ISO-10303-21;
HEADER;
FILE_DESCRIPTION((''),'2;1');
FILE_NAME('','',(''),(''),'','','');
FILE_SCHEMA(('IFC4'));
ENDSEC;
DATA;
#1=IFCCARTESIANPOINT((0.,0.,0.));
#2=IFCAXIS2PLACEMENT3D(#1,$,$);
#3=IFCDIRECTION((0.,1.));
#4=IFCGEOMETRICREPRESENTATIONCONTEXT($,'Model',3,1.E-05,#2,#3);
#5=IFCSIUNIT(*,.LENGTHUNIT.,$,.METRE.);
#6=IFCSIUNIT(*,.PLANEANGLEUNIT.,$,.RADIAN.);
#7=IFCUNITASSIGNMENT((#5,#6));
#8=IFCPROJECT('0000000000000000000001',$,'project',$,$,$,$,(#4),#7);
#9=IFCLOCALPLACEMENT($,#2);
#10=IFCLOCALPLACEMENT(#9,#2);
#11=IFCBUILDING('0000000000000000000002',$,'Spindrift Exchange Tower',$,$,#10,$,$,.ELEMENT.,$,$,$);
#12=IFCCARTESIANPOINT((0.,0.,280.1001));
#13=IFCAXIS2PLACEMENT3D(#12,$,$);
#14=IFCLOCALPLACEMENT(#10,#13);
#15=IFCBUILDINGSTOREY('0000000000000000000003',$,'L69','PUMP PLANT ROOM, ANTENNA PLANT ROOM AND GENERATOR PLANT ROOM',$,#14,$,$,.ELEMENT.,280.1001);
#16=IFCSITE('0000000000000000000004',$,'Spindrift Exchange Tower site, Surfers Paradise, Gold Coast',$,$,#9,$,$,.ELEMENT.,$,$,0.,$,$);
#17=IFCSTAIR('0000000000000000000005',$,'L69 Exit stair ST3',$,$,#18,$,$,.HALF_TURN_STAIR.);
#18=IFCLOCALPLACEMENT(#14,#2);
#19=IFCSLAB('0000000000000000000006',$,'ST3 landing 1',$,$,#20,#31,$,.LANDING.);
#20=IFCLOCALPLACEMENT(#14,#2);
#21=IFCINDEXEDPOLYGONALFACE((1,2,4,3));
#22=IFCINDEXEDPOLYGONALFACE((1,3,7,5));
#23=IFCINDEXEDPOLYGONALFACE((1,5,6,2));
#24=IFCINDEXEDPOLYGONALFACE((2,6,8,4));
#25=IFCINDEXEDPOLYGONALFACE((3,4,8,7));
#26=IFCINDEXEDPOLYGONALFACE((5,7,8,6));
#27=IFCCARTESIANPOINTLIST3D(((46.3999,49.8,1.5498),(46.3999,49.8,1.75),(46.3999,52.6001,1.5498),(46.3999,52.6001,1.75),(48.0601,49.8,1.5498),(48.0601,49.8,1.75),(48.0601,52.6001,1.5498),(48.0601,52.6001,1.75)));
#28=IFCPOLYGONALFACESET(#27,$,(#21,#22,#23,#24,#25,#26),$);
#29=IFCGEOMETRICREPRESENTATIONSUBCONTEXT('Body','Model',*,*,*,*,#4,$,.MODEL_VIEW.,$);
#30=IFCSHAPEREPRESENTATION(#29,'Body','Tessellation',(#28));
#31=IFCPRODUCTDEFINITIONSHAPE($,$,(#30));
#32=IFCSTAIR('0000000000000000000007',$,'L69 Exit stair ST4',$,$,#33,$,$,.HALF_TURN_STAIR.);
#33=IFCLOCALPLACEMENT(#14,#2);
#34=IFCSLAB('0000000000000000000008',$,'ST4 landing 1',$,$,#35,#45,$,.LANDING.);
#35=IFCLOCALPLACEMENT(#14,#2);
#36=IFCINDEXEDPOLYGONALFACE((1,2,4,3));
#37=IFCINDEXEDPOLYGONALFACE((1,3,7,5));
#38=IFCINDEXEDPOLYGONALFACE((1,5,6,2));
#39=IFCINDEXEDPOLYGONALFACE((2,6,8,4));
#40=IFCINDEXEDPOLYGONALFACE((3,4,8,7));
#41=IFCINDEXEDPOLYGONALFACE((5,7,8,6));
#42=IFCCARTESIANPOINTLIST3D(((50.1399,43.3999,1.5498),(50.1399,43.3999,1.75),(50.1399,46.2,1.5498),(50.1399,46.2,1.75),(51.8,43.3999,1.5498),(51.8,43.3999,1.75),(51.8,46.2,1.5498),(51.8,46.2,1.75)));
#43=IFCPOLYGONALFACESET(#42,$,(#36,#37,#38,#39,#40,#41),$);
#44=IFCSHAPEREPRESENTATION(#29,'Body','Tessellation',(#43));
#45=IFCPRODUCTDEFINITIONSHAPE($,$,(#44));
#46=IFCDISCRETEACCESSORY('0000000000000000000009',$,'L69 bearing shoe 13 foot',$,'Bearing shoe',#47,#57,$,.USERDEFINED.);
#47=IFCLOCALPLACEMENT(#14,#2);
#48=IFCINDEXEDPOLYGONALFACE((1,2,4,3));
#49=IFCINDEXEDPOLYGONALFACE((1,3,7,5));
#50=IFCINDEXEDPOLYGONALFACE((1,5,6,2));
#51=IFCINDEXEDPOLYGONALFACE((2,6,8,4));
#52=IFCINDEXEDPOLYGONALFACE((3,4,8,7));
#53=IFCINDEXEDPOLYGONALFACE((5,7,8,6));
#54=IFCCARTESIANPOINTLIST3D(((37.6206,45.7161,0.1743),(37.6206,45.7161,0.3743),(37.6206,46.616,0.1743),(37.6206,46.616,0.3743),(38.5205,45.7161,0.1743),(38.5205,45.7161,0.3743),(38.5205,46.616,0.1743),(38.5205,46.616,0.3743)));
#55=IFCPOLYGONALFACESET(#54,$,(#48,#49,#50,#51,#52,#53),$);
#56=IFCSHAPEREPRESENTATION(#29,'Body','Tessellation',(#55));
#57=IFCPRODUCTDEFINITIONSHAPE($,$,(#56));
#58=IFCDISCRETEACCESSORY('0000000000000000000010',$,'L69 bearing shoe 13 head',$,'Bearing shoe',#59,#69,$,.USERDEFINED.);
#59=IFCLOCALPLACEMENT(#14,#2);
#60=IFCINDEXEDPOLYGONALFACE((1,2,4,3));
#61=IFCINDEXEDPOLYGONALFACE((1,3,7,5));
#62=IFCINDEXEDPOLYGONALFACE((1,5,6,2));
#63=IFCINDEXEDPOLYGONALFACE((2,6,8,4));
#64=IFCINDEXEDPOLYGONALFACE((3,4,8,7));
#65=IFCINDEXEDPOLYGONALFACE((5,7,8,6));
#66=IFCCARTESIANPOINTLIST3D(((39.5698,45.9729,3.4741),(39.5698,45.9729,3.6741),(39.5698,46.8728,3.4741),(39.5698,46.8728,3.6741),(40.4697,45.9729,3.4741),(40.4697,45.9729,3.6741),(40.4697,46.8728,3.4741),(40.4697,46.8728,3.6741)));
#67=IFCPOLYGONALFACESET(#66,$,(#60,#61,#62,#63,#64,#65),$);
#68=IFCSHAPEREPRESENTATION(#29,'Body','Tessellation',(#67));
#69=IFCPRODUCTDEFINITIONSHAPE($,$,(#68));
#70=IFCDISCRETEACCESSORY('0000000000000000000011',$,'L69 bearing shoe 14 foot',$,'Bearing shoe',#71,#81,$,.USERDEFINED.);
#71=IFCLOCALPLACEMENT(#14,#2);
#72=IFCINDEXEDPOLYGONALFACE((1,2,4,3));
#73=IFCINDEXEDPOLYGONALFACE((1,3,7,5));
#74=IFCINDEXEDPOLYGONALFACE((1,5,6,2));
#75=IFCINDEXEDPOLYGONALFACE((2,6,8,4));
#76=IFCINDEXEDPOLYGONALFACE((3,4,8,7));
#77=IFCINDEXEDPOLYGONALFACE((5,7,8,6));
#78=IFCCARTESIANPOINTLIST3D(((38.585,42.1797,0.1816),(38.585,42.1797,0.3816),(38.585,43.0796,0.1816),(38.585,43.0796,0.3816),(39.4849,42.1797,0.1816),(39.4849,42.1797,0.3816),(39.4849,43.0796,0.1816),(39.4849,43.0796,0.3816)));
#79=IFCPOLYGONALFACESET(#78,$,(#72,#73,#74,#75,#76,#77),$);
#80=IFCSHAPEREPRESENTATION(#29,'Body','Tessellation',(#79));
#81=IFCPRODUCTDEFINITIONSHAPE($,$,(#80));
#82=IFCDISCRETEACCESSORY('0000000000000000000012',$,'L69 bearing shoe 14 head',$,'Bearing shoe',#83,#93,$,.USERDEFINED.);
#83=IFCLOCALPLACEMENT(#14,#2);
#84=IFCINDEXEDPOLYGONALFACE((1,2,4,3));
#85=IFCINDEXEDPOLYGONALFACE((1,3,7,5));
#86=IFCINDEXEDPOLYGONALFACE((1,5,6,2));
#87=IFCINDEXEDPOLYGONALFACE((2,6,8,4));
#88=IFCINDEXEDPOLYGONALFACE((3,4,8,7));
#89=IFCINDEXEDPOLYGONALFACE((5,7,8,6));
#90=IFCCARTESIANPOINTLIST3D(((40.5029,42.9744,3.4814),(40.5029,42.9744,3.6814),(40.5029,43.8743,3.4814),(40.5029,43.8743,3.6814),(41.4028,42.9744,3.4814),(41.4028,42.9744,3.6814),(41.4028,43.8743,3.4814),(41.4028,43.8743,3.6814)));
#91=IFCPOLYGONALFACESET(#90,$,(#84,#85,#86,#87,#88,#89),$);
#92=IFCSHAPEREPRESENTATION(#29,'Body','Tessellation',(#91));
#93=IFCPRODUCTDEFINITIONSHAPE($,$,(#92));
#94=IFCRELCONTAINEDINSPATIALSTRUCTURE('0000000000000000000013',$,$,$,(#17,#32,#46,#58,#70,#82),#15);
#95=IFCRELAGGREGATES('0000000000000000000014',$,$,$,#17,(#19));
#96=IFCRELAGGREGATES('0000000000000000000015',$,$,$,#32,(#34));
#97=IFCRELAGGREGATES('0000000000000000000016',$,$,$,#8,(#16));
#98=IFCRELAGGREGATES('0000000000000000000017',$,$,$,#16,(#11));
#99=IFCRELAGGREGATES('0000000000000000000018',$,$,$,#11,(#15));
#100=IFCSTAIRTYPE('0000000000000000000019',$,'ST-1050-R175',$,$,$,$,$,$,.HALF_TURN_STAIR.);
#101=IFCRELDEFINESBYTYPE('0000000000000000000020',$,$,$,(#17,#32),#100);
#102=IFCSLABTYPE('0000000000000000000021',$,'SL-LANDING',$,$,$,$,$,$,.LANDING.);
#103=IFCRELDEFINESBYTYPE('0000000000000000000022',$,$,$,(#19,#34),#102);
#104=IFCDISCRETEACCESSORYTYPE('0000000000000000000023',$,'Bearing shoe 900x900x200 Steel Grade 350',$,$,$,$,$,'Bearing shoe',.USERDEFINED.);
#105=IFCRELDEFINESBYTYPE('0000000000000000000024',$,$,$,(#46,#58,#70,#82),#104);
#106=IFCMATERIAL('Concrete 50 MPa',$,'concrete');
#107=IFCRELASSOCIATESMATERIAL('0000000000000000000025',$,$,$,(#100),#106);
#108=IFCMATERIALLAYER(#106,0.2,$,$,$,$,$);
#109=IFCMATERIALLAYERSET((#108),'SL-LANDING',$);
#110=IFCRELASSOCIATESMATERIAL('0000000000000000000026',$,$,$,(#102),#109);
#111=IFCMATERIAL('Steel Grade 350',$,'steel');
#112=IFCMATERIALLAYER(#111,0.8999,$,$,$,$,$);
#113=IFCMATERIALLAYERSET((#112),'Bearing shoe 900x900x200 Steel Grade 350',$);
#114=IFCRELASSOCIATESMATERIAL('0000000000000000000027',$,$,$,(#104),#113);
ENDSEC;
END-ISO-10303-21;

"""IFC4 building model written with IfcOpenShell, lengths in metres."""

from ifc_helpers import new_model, si_unit, direction, frame, origin, origin_2d, place, context, subcontext, project, spatial, line, indexed_curve, rectangle, outline, extrude, source, transform, mapped, material, layer, layer_set, type_object, element, aggregate, save


model = new_model("IFC4")

# Units and contexts
model_context = context("Model", 3, precision=1e-05, world=origin(), true_north=direction((0.0, 1.0)))
body_context = subcontext(model_context, "Body", "Model", "MODEL_VIEW")
ifc_project = project(units=[si_unit("LENGTHUNIT", "METRE"), si_unit("PLANEANGLEUNIT", "RADIAN")], contexts=[model_context])

# Site, building, storey
site_placement = place(None, origin())
site = spatial("IfcSite", under=ifc_project, at=site_placement, Name="Spindrift Exchange Tower site, Surfers Paradise, Gold Coast", CompositionType="ELEMENT", RefElevation=0.0)
building_placement = place(site_placement, origin())
building = spatial("IfcBuilding", under=site, at=building_placement, Name="Spindrift Exchange Tower", CompositionType="ELEMENT")
storey_placement = place(building_placement, frame((0.0, 0.0, 280.1001)))
storey = spatial("IfcBuildingStorey", under=building, at=storey_placement, Name="L69", Description="PUMP PLANT ROOM, ANTENNA PLANT ROOM AND GENERATOR PLANT ROOM", CompositionType="ELEMENT", Elevation=280.1001)

# Shared definitions
ifc_material_1 = material(Name="Concrete 50 MPa", Category="concrete")

# Stairs, slabs
stair_type = type_object("IfcStairType", Name="ST-1050-R175", PredefinedType="HALF_TURN_STAIR", material=ifc_material_1)
stair_1_placement = place(storey_placement, origin())
stair_1 = element("IfcStair", 1, at=stair_1_placement, inside=storey, type_object=stair_type, Name="L69 Exit stair ST3", PredefinedType="HALF_TURN_STAIR")
ifc_layer_1 = layer(ifc_material_1, 0.2)
ifc_layer_set_1 = layer_set([ifc_layer_1], Name="SL-LANDING")
slab_type_1 = type_object("IfcSlabType", Name="SL-LANDING", PredefinedType="LANDING", material=ifc_layer_set_1)
slab_1_placement = place(storey_placement, frame((0.0, 0.0, 1.5498)))
slab_1 = element("IfcSlab", 2, at=slab_1_placement, type_object=slab_type_1, Name="ST3 landing 1", PredefinedType="LANDING", context=body_context, shape_type="SweptSolid", body=[
    extrude(outline(indexed_curve([(48.0601, 49.8), (46.3999, 49.8), (46.3999, 52.6001), (48.0601, 52.6001)], segments=[line(1, 2, 3, 4, 1)], self_intersect=False)), origin(), (0.0, 0.0, 1.0), 0.2002),
])
aggregate(stair_1, [slab_1])
stair_2_placement = place(storey_placement, origin())
stair_2 = element("IfcStair", 3, at=stair_2_placement, inside=storey, type_object=stair_type, Name="L69 Exit stair ST4", PredefinedType="HALF_TURN_STAIR")
slab_2_placement = place(storey_placement, frame((0.0, 0.0, 1.5498)))
slab_2 = element("IfcSlab", 4, at=slab_2_placement, type_object=slab_type_1, Name="ST4 landing 1", PredefinedType="LANDING", context=body_context, shape_type="SweptSolid", body=[
    extrude(outline(indexed_curve([(50.1399, 46.2), (51.8, 46.2), (51.8, 43.3999), (50.1399, 43.3999)], segments=[line(1, 2, 3, 4, 1)], self_intersect=False)), origin(), (0.0, 0.0, 1.0), 0.2002),
])
aggregate(stair_2, [slab_2])

# Discrete accessories
ifc_material_2 = material(Name="Steel Grade 350", Category="steel")
ifc_layer_2 = layer(ifc_material_2, 0.8999)
ifc_layer_set_2 = layer_set([ifc_layer_2], Name="Bearing shoe 900x900x200 Steel Grade 350")
discrete_accessory_type = type_object("IfcDiscreteAccessoryType", Name="Bearing shoe 900x900x200 Steel Grade 350", ElementType="Bearing shoe", PredefinedType="USERDEFINED", material=ifc_layer_set_2)
shared_shape_1 = source(origin(), body_context, "Body", "SweptSolid", [
    extrude(rectangle(XDim=0.8999, YDim=0.8999, at=origin_2d()), origin(), (0.0, 0.0, 1.0), 0.2),
])
for number, where, z_axis, x_axis, name in (
    (5, (38.0706, 46.166, 0.1743), (0.0, 0.0, 1.0), (1.0, 0.0, 0.0), "L69 bearing shoe 13 foot"),
    (6, (40.0198, 46.4229, 3.4741), (0.0, 0.0, 1.0), (1.0, 0.0, 0.0), "L69 bearing shoe 13 head"),
    (7, (39.0349, 42.6296, 0.1816), (0.0, 0.0, 1.0), (1.0, 0.0, 0.0), "L69 bearing shoe 14 foot"),
    (8, (40.9529, 43.4243, 3.4814), (0.0, 0.0, 1.0), (1.0, 0.0, 0.0), "L69 bearing shoe 14 head"),
):
    element("IfcDiscreteAccessory", number, at=place(storey_placement, frame(where, z_axis=z_axis, x_axis=x_axis)), inside=storey, type_object=discrete_accessory_type, Name=name, ObjectType="Bearing shoe", PredefinedType="USERDEFINED", context=body_context, shape_type="MappedRepresentation", body=[
        mapped(shared_shape_1, transform((0.0, 0.0, 0.0), scale=1.0)),
    ])

save(model, "model.ifc")
